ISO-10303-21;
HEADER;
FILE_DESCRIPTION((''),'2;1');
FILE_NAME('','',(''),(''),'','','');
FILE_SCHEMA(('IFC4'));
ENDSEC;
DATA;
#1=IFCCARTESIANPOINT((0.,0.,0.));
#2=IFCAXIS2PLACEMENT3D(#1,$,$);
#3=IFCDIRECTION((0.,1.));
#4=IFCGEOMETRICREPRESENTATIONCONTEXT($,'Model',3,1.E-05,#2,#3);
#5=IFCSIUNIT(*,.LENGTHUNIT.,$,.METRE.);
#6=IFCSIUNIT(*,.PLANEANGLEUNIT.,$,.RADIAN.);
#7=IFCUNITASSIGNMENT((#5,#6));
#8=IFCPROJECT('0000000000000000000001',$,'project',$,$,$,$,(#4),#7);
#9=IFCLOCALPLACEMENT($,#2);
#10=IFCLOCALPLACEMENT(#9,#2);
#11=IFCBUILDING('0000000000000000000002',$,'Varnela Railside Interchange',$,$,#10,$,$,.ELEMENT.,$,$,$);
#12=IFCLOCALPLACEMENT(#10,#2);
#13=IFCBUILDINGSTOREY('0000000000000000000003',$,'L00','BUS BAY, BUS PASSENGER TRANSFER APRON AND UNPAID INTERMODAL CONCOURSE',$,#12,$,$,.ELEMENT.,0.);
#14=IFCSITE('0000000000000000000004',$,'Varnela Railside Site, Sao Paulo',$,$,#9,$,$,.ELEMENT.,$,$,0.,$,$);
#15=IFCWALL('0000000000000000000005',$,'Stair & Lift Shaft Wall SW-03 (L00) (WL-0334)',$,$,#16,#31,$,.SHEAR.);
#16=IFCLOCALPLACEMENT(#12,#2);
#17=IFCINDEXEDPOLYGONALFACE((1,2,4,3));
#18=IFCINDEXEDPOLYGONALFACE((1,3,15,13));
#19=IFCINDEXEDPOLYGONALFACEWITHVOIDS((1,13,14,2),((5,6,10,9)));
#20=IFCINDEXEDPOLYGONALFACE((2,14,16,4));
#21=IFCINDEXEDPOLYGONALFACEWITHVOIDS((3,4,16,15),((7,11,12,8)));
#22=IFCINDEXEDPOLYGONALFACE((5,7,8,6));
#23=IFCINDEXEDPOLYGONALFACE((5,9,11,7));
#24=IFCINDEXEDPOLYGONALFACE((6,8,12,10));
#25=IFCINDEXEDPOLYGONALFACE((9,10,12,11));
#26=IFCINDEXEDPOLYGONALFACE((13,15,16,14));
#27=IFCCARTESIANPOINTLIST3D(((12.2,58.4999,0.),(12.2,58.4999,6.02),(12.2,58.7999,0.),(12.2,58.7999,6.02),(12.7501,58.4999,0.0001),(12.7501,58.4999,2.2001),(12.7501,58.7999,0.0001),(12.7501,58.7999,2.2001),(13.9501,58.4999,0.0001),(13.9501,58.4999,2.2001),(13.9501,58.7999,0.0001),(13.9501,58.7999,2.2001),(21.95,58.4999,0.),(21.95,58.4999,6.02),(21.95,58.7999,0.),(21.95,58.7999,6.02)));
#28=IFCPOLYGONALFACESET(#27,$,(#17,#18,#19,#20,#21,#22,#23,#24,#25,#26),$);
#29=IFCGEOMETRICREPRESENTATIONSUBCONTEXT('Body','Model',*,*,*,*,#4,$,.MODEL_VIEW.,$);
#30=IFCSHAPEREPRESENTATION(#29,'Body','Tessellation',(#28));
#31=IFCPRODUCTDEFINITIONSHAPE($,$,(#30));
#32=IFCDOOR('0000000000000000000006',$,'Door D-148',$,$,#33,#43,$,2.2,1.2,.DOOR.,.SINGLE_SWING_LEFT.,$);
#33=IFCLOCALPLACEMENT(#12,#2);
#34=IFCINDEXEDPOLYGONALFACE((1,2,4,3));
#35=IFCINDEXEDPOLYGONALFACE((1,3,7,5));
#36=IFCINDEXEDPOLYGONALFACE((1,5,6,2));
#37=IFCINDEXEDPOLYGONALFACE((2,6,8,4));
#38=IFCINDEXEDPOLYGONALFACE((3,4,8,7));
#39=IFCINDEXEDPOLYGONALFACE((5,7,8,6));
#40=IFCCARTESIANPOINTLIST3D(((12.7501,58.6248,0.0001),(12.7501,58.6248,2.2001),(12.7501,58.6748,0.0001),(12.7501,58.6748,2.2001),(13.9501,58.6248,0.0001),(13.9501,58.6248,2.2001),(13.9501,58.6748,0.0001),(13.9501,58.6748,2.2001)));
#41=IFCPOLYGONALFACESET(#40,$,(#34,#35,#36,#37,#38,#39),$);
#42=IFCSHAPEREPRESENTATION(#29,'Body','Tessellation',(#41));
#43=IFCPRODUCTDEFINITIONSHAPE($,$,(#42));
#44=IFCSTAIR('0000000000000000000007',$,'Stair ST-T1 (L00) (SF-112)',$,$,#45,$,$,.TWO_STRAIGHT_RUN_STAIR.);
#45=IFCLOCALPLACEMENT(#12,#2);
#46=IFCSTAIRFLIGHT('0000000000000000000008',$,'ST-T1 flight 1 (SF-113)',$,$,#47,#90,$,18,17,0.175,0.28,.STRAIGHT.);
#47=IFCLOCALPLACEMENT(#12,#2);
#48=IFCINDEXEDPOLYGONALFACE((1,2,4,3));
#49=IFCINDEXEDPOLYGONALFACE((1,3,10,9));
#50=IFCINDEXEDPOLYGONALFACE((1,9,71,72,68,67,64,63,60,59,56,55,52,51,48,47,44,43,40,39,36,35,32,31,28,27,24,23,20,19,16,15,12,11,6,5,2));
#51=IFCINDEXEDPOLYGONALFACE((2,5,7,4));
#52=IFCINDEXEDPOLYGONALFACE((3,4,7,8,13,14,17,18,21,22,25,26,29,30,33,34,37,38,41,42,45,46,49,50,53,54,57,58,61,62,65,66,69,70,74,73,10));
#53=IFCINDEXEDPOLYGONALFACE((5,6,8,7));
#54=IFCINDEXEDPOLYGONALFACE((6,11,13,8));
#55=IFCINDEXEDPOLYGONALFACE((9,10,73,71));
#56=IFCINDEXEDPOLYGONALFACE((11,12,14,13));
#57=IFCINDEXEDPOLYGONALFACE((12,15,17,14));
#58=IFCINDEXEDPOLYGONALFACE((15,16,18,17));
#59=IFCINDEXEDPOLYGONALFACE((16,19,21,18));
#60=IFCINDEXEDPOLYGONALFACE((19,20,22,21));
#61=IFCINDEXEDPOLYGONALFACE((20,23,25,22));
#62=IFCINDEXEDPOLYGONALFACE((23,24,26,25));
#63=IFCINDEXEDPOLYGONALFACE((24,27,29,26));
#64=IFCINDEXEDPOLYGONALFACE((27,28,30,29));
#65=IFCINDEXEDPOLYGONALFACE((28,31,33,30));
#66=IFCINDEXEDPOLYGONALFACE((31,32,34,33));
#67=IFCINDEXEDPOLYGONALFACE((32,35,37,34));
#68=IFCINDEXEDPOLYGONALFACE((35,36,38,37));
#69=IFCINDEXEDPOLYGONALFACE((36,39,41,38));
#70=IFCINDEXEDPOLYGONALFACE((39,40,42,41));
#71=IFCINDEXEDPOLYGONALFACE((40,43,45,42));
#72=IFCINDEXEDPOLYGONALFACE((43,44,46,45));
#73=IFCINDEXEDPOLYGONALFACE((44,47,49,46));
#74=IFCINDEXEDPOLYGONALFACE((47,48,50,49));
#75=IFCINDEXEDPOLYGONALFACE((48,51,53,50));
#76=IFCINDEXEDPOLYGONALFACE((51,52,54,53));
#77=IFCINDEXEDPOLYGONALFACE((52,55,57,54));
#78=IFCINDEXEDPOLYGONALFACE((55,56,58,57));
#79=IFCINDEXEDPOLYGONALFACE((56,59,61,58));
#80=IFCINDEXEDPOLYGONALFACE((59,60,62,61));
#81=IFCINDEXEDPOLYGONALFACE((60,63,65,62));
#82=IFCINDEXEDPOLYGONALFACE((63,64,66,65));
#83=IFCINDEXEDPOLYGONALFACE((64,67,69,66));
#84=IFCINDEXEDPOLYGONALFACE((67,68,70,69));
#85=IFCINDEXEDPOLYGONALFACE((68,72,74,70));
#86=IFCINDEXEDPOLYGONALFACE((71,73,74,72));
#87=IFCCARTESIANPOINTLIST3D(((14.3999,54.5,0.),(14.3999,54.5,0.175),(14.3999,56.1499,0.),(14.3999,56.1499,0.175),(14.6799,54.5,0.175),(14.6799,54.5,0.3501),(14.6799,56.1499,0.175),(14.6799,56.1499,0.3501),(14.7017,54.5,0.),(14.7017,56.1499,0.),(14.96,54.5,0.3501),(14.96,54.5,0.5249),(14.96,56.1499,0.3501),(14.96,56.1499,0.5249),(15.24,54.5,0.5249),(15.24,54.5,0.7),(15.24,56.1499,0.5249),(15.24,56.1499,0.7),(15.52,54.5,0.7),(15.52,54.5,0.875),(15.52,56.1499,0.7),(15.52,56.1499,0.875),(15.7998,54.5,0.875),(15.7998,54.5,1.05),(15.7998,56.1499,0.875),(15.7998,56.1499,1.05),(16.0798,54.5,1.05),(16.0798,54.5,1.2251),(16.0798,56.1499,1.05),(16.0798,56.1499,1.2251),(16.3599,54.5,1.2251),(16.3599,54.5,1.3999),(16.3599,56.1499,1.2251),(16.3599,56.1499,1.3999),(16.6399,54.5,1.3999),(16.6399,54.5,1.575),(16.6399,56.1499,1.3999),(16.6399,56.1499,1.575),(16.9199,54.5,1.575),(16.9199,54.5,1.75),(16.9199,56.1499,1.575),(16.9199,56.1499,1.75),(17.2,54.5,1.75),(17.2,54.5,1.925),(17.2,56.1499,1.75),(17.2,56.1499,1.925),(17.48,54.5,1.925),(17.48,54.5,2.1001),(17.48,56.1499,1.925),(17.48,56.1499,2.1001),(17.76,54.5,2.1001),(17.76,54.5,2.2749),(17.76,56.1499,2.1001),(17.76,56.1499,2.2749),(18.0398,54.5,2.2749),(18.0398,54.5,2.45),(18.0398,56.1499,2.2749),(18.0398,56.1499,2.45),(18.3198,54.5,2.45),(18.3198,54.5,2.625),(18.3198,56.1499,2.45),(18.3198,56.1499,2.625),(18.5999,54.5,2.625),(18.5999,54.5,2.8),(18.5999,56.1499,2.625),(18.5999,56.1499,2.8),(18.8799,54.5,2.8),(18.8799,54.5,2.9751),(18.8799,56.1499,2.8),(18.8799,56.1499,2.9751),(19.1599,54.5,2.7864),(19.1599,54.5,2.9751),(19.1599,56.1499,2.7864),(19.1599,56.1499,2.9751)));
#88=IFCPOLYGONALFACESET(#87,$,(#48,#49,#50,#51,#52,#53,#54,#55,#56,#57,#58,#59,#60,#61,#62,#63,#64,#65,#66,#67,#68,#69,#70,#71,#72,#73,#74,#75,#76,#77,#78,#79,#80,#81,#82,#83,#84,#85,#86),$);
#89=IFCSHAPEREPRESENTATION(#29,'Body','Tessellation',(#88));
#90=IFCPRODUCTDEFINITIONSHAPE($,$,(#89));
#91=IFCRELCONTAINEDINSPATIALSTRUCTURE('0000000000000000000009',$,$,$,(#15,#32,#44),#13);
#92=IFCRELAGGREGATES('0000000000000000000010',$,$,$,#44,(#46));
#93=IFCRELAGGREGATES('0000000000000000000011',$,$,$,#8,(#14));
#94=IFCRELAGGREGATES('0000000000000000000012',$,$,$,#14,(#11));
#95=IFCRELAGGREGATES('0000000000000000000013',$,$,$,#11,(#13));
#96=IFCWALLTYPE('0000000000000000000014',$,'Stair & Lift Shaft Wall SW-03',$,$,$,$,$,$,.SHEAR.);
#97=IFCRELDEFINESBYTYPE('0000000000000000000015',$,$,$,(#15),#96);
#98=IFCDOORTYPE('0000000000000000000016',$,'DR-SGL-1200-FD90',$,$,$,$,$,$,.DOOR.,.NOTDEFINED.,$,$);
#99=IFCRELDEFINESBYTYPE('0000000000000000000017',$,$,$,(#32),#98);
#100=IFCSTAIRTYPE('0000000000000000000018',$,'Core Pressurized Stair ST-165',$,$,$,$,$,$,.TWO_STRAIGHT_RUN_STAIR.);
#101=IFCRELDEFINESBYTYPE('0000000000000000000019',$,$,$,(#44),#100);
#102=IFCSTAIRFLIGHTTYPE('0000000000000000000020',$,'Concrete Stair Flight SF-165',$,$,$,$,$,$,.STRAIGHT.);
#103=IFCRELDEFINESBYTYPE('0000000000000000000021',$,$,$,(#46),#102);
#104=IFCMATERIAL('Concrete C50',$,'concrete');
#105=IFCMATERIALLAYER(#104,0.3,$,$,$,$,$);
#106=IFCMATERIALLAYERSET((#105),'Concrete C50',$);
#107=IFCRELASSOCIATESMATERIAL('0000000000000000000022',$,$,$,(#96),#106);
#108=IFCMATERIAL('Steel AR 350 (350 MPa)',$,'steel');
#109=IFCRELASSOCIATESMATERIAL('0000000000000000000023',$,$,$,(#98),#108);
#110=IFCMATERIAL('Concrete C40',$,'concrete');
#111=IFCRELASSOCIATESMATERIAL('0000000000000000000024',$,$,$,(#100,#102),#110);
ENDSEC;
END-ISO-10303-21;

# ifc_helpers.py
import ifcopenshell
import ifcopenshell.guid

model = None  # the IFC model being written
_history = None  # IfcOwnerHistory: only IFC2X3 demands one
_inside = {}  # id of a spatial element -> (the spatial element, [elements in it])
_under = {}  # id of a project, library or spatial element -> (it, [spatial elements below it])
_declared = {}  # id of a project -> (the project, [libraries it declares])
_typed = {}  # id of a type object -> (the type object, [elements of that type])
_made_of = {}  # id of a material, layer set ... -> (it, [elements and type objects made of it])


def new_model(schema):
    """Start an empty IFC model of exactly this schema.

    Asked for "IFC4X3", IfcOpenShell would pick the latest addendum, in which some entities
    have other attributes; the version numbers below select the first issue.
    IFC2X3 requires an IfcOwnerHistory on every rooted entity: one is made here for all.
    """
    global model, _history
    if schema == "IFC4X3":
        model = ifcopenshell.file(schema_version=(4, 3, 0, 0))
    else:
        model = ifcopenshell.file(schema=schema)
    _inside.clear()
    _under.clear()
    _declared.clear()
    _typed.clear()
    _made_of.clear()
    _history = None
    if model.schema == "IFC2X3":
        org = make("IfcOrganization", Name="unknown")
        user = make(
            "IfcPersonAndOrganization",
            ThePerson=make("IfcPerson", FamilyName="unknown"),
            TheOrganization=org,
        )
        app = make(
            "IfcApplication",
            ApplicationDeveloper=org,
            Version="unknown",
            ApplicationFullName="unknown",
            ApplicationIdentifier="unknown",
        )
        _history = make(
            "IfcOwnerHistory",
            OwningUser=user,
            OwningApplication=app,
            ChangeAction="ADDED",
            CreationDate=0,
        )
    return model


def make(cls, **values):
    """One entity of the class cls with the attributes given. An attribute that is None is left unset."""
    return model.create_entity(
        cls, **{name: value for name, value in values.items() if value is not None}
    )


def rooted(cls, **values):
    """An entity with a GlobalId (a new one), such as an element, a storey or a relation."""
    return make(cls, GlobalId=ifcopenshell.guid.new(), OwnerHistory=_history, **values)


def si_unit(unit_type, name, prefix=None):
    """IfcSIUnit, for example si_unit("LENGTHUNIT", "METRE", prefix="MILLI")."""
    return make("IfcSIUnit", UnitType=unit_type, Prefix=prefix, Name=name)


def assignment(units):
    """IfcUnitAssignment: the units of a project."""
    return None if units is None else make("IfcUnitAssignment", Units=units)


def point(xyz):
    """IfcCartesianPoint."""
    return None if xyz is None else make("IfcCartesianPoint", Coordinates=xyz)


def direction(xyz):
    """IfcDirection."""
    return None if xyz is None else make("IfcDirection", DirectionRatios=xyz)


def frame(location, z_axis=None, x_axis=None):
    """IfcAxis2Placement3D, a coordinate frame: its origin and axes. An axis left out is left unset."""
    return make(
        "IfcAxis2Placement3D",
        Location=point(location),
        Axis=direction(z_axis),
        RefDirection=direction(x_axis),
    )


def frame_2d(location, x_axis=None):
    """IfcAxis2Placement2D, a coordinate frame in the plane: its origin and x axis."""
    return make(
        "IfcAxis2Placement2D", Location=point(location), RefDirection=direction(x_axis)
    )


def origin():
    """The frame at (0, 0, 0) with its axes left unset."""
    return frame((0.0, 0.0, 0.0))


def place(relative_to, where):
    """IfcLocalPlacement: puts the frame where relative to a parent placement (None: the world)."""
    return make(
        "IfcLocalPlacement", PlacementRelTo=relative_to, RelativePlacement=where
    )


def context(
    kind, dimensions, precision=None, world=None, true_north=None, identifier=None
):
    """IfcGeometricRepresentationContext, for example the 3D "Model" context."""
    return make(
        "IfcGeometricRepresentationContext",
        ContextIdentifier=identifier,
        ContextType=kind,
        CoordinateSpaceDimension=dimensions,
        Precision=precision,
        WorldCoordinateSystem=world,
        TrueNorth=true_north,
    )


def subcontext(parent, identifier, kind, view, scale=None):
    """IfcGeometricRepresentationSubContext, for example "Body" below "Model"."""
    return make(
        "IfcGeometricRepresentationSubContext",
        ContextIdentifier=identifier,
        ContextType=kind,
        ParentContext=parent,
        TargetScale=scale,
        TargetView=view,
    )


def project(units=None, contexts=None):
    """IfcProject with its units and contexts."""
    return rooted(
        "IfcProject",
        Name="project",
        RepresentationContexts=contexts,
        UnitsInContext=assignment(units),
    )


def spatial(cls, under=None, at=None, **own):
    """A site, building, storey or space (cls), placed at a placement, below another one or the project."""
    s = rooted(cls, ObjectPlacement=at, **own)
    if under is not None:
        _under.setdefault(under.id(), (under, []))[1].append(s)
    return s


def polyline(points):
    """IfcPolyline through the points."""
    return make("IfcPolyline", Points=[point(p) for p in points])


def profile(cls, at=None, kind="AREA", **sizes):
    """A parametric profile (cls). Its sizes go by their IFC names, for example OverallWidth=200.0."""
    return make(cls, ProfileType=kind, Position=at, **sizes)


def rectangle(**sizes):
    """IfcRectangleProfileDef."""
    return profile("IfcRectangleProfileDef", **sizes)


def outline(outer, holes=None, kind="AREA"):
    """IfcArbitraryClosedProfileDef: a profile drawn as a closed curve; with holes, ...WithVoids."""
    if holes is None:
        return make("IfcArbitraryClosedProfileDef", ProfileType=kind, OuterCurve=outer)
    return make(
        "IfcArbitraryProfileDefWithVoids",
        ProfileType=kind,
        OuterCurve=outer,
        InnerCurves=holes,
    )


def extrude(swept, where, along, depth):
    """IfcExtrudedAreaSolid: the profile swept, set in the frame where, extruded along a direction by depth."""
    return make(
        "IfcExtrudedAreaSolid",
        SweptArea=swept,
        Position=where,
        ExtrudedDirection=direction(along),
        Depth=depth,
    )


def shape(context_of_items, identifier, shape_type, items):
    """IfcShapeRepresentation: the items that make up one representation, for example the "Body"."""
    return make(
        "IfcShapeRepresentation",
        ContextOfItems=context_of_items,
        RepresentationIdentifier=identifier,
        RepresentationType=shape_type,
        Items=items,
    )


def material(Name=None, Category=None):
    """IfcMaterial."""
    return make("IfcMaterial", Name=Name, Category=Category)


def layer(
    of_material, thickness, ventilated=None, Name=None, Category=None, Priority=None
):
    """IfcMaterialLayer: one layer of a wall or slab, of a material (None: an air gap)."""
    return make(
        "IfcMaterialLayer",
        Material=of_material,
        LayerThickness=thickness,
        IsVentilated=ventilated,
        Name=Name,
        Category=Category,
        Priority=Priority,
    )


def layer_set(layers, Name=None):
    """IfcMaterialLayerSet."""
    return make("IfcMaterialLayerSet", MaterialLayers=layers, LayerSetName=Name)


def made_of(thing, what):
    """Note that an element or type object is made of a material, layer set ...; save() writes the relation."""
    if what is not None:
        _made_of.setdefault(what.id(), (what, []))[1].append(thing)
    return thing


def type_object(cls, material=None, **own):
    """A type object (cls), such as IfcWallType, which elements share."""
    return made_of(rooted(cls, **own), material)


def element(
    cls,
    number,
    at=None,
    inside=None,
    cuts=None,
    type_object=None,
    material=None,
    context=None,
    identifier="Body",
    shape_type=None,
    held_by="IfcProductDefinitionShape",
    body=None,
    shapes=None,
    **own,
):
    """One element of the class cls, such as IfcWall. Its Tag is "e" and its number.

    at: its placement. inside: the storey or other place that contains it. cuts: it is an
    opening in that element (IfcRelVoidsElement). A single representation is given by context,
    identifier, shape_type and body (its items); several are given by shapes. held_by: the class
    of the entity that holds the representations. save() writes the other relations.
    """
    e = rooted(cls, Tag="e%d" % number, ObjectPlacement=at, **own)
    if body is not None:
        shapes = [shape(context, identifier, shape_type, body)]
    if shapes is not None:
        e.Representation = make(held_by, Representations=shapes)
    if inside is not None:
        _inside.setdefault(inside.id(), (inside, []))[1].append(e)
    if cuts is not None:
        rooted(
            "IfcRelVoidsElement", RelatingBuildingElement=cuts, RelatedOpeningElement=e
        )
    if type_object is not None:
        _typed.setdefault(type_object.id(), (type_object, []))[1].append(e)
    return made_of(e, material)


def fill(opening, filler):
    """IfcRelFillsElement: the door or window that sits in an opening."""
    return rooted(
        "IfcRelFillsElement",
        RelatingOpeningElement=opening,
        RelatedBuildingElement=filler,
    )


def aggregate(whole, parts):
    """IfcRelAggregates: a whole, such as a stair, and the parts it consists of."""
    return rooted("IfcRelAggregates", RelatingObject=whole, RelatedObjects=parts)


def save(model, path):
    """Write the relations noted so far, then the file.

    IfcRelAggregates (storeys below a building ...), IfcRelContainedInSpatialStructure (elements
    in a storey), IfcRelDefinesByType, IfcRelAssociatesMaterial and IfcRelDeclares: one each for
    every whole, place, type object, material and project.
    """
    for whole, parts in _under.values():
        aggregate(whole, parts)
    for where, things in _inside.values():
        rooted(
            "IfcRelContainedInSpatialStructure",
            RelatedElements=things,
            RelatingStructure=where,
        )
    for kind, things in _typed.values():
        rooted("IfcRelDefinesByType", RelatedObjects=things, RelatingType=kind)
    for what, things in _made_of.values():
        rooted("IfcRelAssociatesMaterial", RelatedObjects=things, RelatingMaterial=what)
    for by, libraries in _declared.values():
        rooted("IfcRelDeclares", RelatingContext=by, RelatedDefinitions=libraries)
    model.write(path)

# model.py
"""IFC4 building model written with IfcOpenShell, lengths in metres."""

from ifc_helpers import new_model, si_unit, direction, frame, frame_2d, origin, place, context, subcontext, project, spatial, polyline, rectangle, outline, extrude, material, layer, layer_set, type_object, element, fill, aggregate, save


model = new_model("IFC4")

# Units and contexts
model_context = context("Model", 3, precision=1e-05, world=origin(), true_north=direction((0.0, 1.0)))
body_context = subcontext(model_context, "Body", "Model", "MODEL_VIEW")
ifc_project = project(units=[si_unit("LENGTHUNIT", "METRE"), si_unit("PLANEANGLEUNIT", "RADIAN")], contexts=[model_context])

# Site, building, storey
site_placement = place(None, origin())
site = spatial("IfcSite", under=ifc_project, at=site_placement, Name="Varnela Railside Site, Sao Paulo", CompositionType="ELEMENT", RefElevation=0.0)
building_placement = place(site_placement, origin())
building = spatial("IfcBuilding", under=site, at=building_placement, Name="Varnela Railside Interchange", CompositionType="ELEMENT")
storey_placement = place(building_placement, origin())
storey = spatial("IfcBuildingStorey", under=building, at=storey_placement, Name="L00", Description="BUS BAY, BUS PASSENGER TRANSFER APRON AND UNPAID INTERMODAL CONCOURSE", CompositionType="ELEMENT", Elevation=0.0)

# Shared definitions
ifc_material_1 = material(Name="Steel AR 350 (350 MPa)", Category="steel")

# Shared definitions
ifc_material_2 = material(Name="Concrete C50", Category="concrete")

# Wall, opening, door
ifc_layer_1 = layer(ifc_material_2, 0.3)
ifc_layer_set_1 = layer_set([ifc_layer_1], Name="Concrete C50")
wall_type_1 = type_object("IfcWallType", Name="Stair & Lift Shaft Wall SW-03", PredefinedType="SHEAR", material=ifc_layer_set_1)
wall_1_placement = place(storey_placement, frame((12.2, 58.6499, 0.0), z_axis=(0.0, 0.0, 1.0), x_axis=(1.0, 0.0, 0.0)))
wall_1 = element("IfcWall", 1, at=wall_1_placement, inside=storey, type_object=wall_type_1, Name="Stair & Lift Shaft Wall SW-03 (L00) (WL-0334)", PredefinedType="SHEAR", context=body_context, shape_type="SweptSolid", body=[
    extrude(rectangle(XDim=9.75, YDim=0.3, at=frame_2d((4.875, 0.0))), origin(), (0.0, 0.0, 1.0), 6.02),
])
opening_1_placement = place(wall_1_placement, frame((0.55, 0.0, 0.0)))
opening_1 = element("IfcOpeningElement", 2, at=opening_1_placement, cuts=wall_1, PredefinedType="OPENING", context=body_context, shape_type="SweptSolid", body=[
    extrude(rectangle(XDim=1.2, YDim=2.2, at=frame_2d((0.6001, 1.1001))), frame((0.0, 0.1599, 0.0), z_axis=(0.0, -1.0, 0.0), x_axis=(1.0, 0.0, 0.0)), (0.0, 0.0, 1.0), 0.3201),
])
door_type_1 = type_object("IfcDoorType", Name="DR-SGL-1200-FD90", OperationType="NOTDEFINED", PredefinedType="DOOR", material=ifc_material_1)
door_1_placement = place(opening_1_placement, origin())
door_1 = element("IfcDoor", 3, at=door_1_placement, inside=storey, type_object=door_type_1, Name="Door D-148", OperationType="SINGLE_SWING_LEFT", OverallHeight=2.2, OverallWidth=1.2, PredefinedType="DOOR", context=body_context, shape_type="SweptSolid", body=[
    extrude(rectangle(XDim=1.2, YDim=2.2, at=frame_2d((0.6001, 1.1001))), frame((0.0, 0.0249, 0.0), z_axis=(0.0, -1.0, 0.0), x_axis=(1.0, 0.0, 0.0)), (0.0, 0.0, 1.0), 0.05),
])
fill(opening_1, door_1)

# Stair, stair flight
ifc_material_3 = material(Name="Concrete C40", Category="concrete")
stair_type = type_object("IfcStairType", Name="Core Pressurized Stair ST-165", PredefinedType="TWO_STRAIGHT_RUN_STAIR", material=ifc_material_3)
stair_placement = place(storey_placement, origin())
stair = element("IfcStair", 4, at=stair_placement, inside=storey, type_object=stair_type, Name="Stair ST-T1 (L00) (SF-112)", PredefinedType="TWO_STRAIGHT_RUN_STAIR")
stair_flight_type = type_object("IfcStairFlightType", Name="Concrete Stair Flight SF-165", PredefinedType="STRAIGHT", material=ifc_material_3)
stair_flight_placement = place(storey_placement, frame((14.3999, 55.325, 0.0), z_axis=(0.0, 0.0, 1.0), x_axis=(1.0, 0.0, 0.0)))
stair_flight = element("IfcStairFlight", 5, at=stair_flight_placement, type_object=stair_flight_type, Name="ST-T1 flight 1 (SF-113)", NumberOfRisers=18, NumberOfTreads=17, PredefinedType="STRAIGHT", RiserHeight=0.175, TreadLength=0.28, context=body_context, shape_type="SweptSolid", body=[
    extrude(outline(polyline([(0.0, 0.0), (0.0, 0.175), (0.28, 0.175), (0.28, 0.3501), (0.5601, 0.3501), (0.5601, 0.5249), (0.8401, 0.5249), (0.8401, 0.7), (1.1201, 0.7), (1.1201, 0.875), (1.3999, 0.875), (1.3999, 1.05), (1.6799, 1.05), (1.6799, 1.2251), (1.96, 1.2251), (1.96, 1.3999), (2.24, 1.3999), (2.24, 1.575), (2.52, 1.575), (2.52, 1.75), (2.8, 1.75), (2.8, 1.925), (3.0801, 1.925), (3.0801, 2.1001), (3.3601, 2.1001), (3.3601, 2.2749), (3.6399, 2.2749), (3.6399, 2.45), (3.9199, 2.45), (3.9199, 2.625), (4.2, 2.625), (4.2, 2.8), (4.48, 2.8), (4.48, 2.9751), (4.76, 2.9751), (4.76, 3.1499), (4.76, 2.7864), (0.3018, 0.0), (0.0, 0.0)])), frame((0.0, 0.825, 0.0), z_axis=(0.0, -1.0, 0.0), x_axis=(1.0, 0.0, 0.0)), (0.0, 0.0, 1.0), 1.6499),
])
aggregate(stair, [stair_flight])

save(model, "model.ifc")
